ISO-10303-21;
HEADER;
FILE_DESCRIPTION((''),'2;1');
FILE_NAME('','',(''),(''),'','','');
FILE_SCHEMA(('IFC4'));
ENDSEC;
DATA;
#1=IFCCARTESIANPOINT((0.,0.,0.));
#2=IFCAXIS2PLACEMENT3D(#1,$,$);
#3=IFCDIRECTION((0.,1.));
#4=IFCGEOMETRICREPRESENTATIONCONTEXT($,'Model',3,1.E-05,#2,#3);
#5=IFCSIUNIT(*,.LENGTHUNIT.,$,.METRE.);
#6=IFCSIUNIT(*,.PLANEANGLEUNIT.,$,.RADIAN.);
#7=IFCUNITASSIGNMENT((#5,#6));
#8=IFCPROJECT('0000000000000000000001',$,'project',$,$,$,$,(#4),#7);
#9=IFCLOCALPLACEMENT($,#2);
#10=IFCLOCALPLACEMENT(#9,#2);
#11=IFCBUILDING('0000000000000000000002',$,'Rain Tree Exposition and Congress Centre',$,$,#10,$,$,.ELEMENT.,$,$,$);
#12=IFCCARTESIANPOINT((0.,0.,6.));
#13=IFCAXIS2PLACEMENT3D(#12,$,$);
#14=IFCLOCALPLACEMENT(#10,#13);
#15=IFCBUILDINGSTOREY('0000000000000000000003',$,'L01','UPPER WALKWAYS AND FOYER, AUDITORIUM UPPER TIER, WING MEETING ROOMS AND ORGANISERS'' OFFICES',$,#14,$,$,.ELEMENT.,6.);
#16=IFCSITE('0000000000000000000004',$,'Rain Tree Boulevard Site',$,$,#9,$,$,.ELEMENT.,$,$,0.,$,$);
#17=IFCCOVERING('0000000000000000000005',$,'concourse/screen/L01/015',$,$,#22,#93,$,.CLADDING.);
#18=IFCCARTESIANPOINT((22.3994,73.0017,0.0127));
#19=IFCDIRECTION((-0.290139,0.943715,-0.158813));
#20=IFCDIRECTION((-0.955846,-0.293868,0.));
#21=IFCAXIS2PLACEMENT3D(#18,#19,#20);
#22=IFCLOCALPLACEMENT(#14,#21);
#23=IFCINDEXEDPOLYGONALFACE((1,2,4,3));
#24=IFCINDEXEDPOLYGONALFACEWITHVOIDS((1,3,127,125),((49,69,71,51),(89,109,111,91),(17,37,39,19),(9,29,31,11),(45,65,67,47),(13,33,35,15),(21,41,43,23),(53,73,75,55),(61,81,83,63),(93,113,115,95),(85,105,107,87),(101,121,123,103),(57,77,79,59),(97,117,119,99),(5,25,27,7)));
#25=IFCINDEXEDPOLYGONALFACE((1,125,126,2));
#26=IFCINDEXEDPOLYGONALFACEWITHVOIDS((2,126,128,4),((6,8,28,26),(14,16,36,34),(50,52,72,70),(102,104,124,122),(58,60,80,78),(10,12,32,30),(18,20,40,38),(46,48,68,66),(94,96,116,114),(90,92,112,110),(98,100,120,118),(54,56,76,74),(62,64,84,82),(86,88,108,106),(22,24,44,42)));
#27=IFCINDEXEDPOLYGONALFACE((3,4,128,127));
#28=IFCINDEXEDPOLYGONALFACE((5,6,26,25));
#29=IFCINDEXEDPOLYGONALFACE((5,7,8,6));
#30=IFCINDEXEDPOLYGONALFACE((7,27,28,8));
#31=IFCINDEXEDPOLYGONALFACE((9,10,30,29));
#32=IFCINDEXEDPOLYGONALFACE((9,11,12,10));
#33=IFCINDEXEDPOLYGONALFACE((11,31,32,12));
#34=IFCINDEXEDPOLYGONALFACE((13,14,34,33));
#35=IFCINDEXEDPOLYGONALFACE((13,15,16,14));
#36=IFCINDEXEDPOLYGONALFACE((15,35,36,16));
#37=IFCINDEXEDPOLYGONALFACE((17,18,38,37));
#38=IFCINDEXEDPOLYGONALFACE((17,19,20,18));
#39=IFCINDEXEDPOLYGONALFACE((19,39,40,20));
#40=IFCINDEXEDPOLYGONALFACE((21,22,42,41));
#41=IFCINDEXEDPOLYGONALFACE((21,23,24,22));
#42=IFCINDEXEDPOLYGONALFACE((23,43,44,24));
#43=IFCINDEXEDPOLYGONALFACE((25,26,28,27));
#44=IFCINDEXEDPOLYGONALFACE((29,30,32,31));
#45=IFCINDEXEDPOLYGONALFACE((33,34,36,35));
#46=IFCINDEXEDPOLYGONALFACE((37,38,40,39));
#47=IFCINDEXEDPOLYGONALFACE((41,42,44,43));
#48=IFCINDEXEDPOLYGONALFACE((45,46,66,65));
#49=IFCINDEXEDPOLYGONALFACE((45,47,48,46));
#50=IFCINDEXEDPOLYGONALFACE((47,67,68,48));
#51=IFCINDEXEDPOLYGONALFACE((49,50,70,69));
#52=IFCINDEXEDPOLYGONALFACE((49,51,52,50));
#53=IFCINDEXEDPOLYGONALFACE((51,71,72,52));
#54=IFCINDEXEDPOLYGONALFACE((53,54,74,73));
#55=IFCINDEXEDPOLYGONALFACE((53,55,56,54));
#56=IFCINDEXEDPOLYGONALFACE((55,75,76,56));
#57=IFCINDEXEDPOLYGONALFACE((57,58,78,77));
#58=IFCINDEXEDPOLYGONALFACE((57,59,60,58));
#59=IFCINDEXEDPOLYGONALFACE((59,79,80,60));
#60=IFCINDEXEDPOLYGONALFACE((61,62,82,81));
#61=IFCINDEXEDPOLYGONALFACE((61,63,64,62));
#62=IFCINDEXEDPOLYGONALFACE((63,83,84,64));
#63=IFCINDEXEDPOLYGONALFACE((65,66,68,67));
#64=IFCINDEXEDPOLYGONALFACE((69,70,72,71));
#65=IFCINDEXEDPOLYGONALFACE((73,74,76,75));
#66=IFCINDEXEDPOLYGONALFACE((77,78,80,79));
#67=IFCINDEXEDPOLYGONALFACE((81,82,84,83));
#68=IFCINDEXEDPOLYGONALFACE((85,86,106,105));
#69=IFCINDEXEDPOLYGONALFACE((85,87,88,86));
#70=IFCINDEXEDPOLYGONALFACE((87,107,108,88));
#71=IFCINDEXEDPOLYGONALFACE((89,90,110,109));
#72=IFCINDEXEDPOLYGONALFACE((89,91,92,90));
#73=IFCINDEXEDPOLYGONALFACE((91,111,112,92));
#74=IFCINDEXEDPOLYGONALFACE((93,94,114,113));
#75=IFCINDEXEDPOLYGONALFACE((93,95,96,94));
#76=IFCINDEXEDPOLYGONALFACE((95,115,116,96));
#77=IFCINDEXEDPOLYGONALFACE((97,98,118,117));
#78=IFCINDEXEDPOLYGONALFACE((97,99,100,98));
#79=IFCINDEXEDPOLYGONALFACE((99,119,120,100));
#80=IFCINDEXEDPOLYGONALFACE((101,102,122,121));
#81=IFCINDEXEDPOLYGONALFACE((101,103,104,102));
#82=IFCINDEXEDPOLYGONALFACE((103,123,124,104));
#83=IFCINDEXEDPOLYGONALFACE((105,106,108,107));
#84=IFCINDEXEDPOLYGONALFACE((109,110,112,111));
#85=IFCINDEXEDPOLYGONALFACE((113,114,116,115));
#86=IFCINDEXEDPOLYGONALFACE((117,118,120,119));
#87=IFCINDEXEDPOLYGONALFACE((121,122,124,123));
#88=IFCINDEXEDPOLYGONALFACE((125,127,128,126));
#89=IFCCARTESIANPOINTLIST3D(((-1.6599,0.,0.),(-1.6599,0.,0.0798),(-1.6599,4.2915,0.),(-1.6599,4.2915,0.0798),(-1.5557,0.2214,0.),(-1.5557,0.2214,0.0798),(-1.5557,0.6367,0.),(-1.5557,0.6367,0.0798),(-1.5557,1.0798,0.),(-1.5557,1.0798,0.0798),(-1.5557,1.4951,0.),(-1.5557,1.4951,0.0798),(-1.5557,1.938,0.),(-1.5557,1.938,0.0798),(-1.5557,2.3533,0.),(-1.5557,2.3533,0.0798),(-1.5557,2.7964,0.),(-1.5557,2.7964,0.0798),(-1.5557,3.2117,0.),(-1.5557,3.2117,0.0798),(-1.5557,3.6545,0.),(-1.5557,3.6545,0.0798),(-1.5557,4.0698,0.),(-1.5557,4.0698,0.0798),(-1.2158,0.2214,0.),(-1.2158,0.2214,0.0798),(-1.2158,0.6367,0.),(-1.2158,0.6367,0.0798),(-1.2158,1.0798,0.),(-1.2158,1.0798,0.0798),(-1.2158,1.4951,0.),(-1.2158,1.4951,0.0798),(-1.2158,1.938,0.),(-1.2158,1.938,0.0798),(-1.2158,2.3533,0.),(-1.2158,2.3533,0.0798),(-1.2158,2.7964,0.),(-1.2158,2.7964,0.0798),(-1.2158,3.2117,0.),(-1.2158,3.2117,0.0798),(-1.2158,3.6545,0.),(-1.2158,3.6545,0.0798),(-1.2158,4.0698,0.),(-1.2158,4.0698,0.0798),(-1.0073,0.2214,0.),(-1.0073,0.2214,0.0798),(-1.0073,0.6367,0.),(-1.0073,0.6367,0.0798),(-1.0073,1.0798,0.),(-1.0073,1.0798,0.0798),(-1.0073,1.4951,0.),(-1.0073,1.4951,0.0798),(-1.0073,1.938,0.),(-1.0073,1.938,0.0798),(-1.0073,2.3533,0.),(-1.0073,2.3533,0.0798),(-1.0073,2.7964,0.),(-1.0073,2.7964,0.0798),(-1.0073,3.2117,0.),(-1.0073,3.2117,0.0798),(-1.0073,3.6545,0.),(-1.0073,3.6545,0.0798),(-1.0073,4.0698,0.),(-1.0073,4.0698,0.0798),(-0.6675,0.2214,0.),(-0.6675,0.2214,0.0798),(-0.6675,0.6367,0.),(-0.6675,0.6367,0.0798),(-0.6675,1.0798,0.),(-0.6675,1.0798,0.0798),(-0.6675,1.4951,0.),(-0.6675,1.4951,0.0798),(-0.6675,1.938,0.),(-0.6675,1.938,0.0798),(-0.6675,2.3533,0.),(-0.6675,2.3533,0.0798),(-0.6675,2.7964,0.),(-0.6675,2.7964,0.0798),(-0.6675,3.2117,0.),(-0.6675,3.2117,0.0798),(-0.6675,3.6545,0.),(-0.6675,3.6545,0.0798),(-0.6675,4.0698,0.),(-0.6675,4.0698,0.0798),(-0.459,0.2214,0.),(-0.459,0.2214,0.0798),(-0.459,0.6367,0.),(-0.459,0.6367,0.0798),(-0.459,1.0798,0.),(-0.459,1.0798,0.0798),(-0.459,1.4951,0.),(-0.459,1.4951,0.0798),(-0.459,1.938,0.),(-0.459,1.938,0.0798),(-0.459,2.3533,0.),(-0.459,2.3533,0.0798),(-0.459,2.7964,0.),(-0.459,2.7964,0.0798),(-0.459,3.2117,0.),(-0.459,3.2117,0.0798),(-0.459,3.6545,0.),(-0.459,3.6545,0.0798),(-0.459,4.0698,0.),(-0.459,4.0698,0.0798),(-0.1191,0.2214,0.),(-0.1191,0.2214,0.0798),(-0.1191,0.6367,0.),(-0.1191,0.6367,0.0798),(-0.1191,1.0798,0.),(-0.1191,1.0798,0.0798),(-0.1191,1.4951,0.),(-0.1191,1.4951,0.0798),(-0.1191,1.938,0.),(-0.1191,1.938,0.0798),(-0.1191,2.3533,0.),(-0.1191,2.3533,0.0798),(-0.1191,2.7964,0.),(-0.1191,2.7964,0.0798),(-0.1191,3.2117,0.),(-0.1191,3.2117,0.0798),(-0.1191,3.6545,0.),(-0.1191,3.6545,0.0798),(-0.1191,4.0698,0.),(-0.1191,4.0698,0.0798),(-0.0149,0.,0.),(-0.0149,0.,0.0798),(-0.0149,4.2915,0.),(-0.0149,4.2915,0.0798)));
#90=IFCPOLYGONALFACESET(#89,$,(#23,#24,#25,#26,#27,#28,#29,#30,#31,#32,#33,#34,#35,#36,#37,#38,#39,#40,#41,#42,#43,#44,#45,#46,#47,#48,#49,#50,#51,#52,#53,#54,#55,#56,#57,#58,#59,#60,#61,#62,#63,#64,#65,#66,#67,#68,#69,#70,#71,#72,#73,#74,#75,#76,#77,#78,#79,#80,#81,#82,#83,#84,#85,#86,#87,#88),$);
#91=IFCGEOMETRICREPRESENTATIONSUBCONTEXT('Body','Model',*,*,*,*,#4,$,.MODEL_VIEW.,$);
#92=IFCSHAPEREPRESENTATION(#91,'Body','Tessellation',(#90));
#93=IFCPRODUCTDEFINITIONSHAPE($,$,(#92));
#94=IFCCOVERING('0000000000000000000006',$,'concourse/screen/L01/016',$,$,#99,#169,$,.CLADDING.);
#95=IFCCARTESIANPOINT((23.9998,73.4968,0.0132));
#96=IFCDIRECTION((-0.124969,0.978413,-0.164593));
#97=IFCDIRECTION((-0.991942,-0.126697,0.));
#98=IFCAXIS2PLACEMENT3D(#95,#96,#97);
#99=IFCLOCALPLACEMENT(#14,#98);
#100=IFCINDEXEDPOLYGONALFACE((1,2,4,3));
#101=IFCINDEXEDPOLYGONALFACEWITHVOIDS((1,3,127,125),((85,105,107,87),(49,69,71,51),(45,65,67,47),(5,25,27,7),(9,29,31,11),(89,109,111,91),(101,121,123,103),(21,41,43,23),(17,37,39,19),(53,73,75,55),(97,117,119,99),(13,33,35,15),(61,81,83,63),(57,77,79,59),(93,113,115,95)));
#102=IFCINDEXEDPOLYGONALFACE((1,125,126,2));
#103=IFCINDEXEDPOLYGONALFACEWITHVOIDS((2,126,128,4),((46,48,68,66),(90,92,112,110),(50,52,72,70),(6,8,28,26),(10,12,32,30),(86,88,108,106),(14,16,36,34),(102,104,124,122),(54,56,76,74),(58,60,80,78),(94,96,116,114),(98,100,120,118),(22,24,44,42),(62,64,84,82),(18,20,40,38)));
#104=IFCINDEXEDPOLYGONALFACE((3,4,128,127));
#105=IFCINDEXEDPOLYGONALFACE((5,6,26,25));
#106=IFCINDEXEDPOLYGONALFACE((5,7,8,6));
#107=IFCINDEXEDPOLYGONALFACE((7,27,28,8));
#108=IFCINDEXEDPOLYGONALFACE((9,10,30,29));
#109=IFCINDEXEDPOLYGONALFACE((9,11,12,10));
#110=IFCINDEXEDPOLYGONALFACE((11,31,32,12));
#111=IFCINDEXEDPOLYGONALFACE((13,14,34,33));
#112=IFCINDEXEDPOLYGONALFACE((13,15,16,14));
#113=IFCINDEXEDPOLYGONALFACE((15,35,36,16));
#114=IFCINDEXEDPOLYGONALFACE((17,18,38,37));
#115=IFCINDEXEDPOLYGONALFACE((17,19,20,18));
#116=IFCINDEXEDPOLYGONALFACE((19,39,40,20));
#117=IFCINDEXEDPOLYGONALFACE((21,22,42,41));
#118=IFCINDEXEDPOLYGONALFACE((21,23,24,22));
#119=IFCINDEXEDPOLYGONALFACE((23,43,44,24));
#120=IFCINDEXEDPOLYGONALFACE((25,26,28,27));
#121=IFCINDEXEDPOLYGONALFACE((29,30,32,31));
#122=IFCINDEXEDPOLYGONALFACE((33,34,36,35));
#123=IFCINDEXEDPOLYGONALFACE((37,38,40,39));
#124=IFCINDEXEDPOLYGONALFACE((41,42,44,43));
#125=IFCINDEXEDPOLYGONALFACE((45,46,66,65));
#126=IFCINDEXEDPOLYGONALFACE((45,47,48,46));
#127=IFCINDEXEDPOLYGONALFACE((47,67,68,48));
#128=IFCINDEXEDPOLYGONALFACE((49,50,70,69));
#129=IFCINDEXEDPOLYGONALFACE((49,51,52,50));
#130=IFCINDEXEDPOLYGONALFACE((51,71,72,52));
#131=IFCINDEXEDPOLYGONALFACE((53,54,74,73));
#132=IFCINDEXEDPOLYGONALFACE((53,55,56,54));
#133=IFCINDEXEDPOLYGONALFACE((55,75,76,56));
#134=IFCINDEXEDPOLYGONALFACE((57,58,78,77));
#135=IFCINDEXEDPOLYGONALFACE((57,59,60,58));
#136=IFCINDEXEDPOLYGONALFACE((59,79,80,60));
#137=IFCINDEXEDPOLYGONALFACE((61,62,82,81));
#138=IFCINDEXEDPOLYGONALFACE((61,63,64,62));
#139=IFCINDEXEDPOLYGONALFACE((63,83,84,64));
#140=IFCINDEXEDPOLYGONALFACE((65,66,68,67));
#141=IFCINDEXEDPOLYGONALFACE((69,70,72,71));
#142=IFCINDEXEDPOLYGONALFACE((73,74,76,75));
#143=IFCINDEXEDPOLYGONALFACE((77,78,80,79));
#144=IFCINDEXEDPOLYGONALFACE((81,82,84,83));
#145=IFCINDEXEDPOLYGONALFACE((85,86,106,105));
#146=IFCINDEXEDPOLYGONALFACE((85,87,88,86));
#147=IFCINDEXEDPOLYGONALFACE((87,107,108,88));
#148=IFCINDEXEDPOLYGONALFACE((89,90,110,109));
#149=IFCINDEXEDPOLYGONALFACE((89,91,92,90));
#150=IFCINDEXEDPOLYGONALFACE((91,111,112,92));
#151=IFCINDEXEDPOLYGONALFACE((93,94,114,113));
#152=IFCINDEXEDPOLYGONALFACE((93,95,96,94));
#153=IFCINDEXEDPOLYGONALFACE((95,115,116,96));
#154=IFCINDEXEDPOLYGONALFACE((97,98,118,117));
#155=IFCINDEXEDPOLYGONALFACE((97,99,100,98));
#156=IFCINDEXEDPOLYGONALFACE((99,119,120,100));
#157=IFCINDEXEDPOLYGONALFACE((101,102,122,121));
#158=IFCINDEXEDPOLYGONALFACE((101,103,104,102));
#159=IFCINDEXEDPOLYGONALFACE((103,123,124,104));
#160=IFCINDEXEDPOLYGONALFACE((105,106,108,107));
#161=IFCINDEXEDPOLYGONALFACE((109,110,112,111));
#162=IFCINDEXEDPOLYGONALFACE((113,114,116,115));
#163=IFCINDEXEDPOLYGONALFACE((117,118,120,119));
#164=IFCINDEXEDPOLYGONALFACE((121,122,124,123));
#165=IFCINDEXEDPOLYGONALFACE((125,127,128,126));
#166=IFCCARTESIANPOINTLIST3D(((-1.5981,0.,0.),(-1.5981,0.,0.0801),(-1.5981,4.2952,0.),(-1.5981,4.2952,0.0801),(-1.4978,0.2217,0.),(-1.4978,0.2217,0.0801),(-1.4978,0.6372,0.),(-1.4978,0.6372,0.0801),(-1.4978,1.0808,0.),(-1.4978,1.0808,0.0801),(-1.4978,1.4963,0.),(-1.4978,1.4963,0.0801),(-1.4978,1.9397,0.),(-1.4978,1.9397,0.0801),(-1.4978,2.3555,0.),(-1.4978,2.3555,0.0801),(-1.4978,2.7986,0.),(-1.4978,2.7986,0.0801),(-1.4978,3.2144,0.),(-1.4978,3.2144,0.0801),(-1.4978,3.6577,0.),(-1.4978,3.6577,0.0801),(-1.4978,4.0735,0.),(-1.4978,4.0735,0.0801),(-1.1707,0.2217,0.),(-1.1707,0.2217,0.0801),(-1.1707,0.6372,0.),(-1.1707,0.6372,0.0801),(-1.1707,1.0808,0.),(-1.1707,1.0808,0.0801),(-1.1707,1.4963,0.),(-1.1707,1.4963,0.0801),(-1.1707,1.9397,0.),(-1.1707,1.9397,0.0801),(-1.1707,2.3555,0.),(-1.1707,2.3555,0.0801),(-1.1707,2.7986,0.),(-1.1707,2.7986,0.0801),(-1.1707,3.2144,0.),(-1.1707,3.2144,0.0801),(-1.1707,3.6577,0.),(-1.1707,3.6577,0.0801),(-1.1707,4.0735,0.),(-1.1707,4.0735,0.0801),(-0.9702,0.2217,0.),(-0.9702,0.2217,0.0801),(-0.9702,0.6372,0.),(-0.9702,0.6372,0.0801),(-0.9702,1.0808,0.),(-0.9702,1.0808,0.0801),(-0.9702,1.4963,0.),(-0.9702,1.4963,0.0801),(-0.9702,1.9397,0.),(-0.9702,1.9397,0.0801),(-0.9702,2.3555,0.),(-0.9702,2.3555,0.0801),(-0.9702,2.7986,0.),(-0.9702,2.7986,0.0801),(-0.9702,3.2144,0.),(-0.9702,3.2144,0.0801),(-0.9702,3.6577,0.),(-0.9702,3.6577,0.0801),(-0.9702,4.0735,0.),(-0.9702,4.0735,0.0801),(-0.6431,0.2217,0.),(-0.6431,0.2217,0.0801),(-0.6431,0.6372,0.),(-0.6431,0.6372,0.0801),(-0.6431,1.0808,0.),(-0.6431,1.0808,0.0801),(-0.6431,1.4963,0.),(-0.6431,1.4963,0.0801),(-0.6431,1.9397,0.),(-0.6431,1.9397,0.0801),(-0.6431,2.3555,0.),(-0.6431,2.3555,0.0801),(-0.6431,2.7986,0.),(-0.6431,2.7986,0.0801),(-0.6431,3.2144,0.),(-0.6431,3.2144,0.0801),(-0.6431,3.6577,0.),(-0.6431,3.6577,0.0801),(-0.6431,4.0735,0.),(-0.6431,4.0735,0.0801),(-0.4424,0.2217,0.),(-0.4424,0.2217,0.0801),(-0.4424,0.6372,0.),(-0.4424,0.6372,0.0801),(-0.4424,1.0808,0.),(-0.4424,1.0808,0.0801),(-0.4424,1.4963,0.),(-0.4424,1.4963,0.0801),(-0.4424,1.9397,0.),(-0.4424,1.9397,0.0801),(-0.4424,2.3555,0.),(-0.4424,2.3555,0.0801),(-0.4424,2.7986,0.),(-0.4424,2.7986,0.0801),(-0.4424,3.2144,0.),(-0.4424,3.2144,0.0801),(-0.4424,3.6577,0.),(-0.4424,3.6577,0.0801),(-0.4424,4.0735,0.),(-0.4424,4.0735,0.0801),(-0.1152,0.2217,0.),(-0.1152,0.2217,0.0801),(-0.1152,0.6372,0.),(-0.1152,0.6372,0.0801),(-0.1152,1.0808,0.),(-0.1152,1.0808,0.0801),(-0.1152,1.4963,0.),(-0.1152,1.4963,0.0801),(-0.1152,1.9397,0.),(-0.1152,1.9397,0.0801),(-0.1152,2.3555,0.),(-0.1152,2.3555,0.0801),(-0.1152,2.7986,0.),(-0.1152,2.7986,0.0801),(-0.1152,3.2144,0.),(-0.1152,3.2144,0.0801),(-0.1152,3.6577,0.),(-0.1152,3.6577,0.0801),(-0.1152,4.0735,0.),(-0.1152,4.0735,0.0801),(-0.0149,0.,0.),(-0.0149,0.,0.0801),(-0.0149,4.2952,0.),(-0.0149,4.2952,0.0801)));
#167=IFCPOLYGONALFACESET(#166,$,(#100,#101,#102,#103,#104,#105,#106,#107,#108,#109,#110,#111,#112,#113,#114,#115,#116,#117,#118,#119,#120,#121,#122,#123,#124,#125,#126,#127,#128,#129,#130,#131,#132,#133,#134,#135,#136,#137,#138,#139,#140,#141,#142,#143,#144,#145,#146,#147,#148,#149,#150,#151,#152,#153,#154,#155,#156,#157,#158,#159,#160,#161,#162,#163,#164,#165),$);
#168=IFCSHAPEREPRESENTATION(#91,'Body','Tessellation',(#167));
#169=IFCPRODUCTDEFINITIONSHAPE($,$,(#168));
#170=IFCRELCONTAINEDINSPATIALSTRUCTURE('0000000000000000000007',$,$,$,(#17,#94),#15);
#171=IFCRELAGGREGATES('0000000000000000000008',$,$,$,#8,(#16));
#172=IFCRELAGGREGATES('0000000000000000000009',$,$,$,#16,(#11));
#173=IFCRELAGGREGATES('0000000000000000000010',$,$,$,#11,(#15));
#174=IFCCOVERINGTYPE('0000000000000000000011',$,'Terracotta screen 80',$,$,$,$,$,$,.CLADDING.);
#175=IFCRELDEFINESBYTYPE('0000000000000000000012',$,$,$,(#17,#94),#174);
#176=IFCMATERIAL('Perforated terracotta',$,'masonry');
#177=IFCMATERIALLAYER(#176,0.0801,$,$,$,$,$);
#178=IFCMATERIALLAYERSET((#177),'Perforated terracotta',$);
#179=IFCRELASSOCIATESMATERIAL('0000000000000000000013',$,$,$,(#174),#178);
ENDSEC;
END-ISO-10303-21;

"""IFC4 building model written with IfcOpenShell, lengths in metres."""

from ifc_helpers import new_model, si_unit, direction, frame, origin, place, context, subcontext, project, spatial, polyline, outline, extrude, material, layer, layer_set, type_object, element, save


model = new_model("IFC4")

# Units and contexts
model_context = context("Model", 3, precision=1e-05, world=origin(), true_north=direction((0.0, 1.0)))
body_context = subcontext(model_context, "Body", "Model", "MODEL_VIEW")
ifc_project = project(units=[si_unit("LENGTHUNIT", "METRE"), si_unit("PLANEANGLEUNIT", "RADIAN")], contexts=[model_context])

# Site, building, storey
site_placement = place(None, origin())
site = spatial("IfcSite", under=ifc_project, at=site_placement, Name="Rain Tree Boulevard Site", CompositionType="ELEMENT", RefElevation=0.0)
building_placement = place(site_placement, origin())
building = spatial("IfcBuilding", under=site, at=building_placement, Name="Rain Tree Exposition and Congress Centre", CompositionType="ELEMENT")
storey_placement = place(building_placement, frame((0.0, 0.0, 6.0)))
storey = spatial("IfcBuildingStorey", under=building, at=storey_placement, Name="L01", Description="UPPER WALKWAYS AND FOYER, AUDITORIUM UPPER TIER, WING MEETING ROOMS AND ORGANISERS' OFFICES", CompositionType="ELEMENT", Elevation=6.0)

# Coverings
ifc_material_1 = material(Name="Perforated terracotta", Category="masonry")
ifc_layer_1 = layer(ifc_material_1, 0.0801)
ifc_layer_set_1 = layer_set([ifc_layer_1], Name="Perforated terracotta")
covering_type = type_object("IfcCoveringType", Name="Terracotta screen 80", PredefinedType="CLADDING", material=ifc_layer_set_1)
covering_1_placement = place(storey_placement, frame((22.3994, 73.0017, 0.0127), z_axis=(-0.290139, 0.943715, -0.158813), x_axis=(-0.955846, -0.293868, 0.0)))
element("IfcCovering", 1, at=covering_1_placement, inside=storey, type_object=covering_type, Name="concourse/screen/L01/015", PredefinedType="CLADDING", context=body_context, shape_type="SweptSolid", body=[
    extrude(outline(polyline([(-1.6599, 0.0), (-1.6599, 4.2915), (-0.0149, 4.2915), (-0.0149, 0.0), (-1.6599, 0.0)]), holes=[polyline([(-0.1191, 0.2214), (-0.1191, 0.6367), (-0.459, 0.6367), (-0.459, 0.2214), (-0.1191, 0.2214)]), polyline([(-0.1191, 1.0798), (-0.1191, 1.4951), (-0.459, 1.4951), (-0.459, 1.0798), (-0.1191, 1.0798)]), polyline([(-0.1191, 1.938), (-0.1191, 2.3533), (-0.459, 2.3533), (-0.459, 1.938), (-0.1191, 1.938)]), polyline([(-0.1191, 2.7964), (-0.1191, 3.2117), (-0.459, 3.2117), (-0.459, 2.7964), (-0.1191, 2.7964)]), polyline([(-0.1191, 3.6545), (-0.1191, 4.0698), (-0.459, 4.0698), (-0.459, 3.6545), (-0.1191, 3.6545)]), polyline([(-0.6675, 0.2214), (-0.6675, 0.6367), (-1.0073, 0.6367), (-1.0073, 0.2214), (-0.6675, 0.2214)]), polyline([(-0.6675, 1.0798), (-0.6675, 1.4951), (-1.0073, 1.4951), (-1.0073, 1.0798), (-0.6675, 1.0798)]), polyline([(-0.6675, 1.938), (-0.6675, 2.3533), (-1.0073, 2.3533), (-1.0073, 1.938), (-0.6675, 1.938)]), polyline([(-0.6675, 2.7964), (-0.6675, 3.2117), (-1.0073, 3.2117), (-1.0073, 2.7964), (-0.6675, 2.7964)]), polyline([(-0.6675, 3.6545), (-0.6675, 4.0698), (-1.0073, 4.0698), (-1.0073, 3.6545), (-0.6675, 3.6545)]), polyline([(-1.2158, 0.2214), (-1.2158, 0.6367), (-1.5557, 0.6367), (-1.5557, 0.2214), (-1.2158, 0.2214)]), polyline([(-1.2158, 1.0798), (-1.2158, 1.4951), (-1.5557, 1.4951), (-1.5557, 1.0798), (-1.2158, 1.0798)]), polyline([(-1.2158, 1.938), (-1.2158, 2.3533), (-1.5557, 2.3533), (-1.5557, 1.938), (-1.2158, 1.938)]), polyline([(-1.2158, 2.7964), (-1.2158, 3.2117), (-1.5557, 3.2117), (-1.5557, 2.7964), (-1.2158, 2.7964)]), polyline([(-1.2158, 3.6545), (-1.2158, 4.0698), (-1.5557, 4.0698), (-1.5557, 3.6545), (-1.2158, 3.6545)])]), origin(), (0.0, 0.0, 1.0), 0.0798),
])
covering_2_placement = place(storey_placement, frame((23.9998, 73.4968, 0.0132), z_axis=(-0.124969, 0.978413, -0.164593), x_axis=(-0.991942, -0.126697, 0.0)))
element("IfcCovering", 2, at=covering_2_placement, inside=storey, type_object=covering_type, Name="concourse/screen/L01/016", PredefinedType="CLADDING", context=body_context, shape_type="SweptSolid", body=[
    extrude(outline(polyline([(-1.5981, 0.0), (-1.5981, 4.2952), (-0.0149, 4.2952), (-0.0149, 0.0), (-1.5981, 0.0)]), holes=[polyline([(-0.1152, 0.2217), (-0.1152, 0.6372), (-0.4424, 0.6372), (-0.4424, 0.2217), (-0.1152, 0.2217)]), polyline([(-0.1152, 1.0808), (-0.1152, 1.4963), (-0.4424, 1.4963), (-0.4424, 1.0808), (-0.1152, 1.0808)]), polyline([(-0.1152, 1.9397), (-0.1152, 2.3555), (-0.4424, 2.3555), (-0.4424, 1.9397), (-0.1152, 1.9397)]), polyline([(-0.1152, 2.7986), (-0.1152, 3.2144), (-0.4424, 3.2144), (-0.4424, 2.7986), (-0.1152, 2.7986)]), polyline([(-0.1152, 3.6577), (-0.1152, 4.0735), (-0.4424, 4.0735), (-0.4424, 3.6577), (-0.1152, 3.6577)]), polyline([(-0.6431, 0.2217), (-0.6431, 0.6372), (-0.9702, 0.6372), (-0.9702, 0.2217), (-0.6431, 0.2217)]), polyline([(-0.6431, 1.0808), (-0.6431, 1.4963), (-0.9702, 1.4963), (-0.9702, 1.0808), (-0.6431, 1.0808)]), polyline([(-0.6431, 1.9397), (-0.6431, 2.3555), (-0.9702, 2.3555), (-0.9702, 1.9397), (-0.6431, 1.9397)]), polyline([(-0.6431, 2.7986), (-0.6431, 3.2144), (-0.9702, 3.2144), (-0.9702, 2.7986), (-0.6431, 2.7986)]), polyline([(-0.6431, 3.6577), (-0.6431, 4.0735), (-0.9702, 4.0735), (-0.9702, 3.6577), (-0.6431, 3.6577)]), polyline([(-1.1707, 0.2217), (-1.1707, 0.6372), (-1.4978, 0.6372), (-1.4978, 0.2217), (-1.1707, 0.2217)]), polyline([(-1.1707, 1.0808), (-1.1707, 1.4963), (-1.4978, 1.4963), (-1.4978, 1.0808), (-1.1707, 1.0808)]), polyline([(-1.1707, 1.9397), (-1.1707, 2.3555), (-1.4978, 2.3555), (-1.4978, 1.9397), (-1.1707, 1.9397)]), polyline([(-1.1707, 2.7986), (-1.1707, 3.2144), (-1.4978, 3.2144), (-1.4978, 2.7986), (-1.1707, 2.7986)]), polyline([(-1.1707, 3.6577), (-1.1707, 4.0735), (-1.4978, 4.0735), (-1.4978, 3.6577), (-1.1707, 3.6577)])]), origin(), (0.0, 0.0, 1.0), 0.0801),
])

save(model, "model.ifc")
